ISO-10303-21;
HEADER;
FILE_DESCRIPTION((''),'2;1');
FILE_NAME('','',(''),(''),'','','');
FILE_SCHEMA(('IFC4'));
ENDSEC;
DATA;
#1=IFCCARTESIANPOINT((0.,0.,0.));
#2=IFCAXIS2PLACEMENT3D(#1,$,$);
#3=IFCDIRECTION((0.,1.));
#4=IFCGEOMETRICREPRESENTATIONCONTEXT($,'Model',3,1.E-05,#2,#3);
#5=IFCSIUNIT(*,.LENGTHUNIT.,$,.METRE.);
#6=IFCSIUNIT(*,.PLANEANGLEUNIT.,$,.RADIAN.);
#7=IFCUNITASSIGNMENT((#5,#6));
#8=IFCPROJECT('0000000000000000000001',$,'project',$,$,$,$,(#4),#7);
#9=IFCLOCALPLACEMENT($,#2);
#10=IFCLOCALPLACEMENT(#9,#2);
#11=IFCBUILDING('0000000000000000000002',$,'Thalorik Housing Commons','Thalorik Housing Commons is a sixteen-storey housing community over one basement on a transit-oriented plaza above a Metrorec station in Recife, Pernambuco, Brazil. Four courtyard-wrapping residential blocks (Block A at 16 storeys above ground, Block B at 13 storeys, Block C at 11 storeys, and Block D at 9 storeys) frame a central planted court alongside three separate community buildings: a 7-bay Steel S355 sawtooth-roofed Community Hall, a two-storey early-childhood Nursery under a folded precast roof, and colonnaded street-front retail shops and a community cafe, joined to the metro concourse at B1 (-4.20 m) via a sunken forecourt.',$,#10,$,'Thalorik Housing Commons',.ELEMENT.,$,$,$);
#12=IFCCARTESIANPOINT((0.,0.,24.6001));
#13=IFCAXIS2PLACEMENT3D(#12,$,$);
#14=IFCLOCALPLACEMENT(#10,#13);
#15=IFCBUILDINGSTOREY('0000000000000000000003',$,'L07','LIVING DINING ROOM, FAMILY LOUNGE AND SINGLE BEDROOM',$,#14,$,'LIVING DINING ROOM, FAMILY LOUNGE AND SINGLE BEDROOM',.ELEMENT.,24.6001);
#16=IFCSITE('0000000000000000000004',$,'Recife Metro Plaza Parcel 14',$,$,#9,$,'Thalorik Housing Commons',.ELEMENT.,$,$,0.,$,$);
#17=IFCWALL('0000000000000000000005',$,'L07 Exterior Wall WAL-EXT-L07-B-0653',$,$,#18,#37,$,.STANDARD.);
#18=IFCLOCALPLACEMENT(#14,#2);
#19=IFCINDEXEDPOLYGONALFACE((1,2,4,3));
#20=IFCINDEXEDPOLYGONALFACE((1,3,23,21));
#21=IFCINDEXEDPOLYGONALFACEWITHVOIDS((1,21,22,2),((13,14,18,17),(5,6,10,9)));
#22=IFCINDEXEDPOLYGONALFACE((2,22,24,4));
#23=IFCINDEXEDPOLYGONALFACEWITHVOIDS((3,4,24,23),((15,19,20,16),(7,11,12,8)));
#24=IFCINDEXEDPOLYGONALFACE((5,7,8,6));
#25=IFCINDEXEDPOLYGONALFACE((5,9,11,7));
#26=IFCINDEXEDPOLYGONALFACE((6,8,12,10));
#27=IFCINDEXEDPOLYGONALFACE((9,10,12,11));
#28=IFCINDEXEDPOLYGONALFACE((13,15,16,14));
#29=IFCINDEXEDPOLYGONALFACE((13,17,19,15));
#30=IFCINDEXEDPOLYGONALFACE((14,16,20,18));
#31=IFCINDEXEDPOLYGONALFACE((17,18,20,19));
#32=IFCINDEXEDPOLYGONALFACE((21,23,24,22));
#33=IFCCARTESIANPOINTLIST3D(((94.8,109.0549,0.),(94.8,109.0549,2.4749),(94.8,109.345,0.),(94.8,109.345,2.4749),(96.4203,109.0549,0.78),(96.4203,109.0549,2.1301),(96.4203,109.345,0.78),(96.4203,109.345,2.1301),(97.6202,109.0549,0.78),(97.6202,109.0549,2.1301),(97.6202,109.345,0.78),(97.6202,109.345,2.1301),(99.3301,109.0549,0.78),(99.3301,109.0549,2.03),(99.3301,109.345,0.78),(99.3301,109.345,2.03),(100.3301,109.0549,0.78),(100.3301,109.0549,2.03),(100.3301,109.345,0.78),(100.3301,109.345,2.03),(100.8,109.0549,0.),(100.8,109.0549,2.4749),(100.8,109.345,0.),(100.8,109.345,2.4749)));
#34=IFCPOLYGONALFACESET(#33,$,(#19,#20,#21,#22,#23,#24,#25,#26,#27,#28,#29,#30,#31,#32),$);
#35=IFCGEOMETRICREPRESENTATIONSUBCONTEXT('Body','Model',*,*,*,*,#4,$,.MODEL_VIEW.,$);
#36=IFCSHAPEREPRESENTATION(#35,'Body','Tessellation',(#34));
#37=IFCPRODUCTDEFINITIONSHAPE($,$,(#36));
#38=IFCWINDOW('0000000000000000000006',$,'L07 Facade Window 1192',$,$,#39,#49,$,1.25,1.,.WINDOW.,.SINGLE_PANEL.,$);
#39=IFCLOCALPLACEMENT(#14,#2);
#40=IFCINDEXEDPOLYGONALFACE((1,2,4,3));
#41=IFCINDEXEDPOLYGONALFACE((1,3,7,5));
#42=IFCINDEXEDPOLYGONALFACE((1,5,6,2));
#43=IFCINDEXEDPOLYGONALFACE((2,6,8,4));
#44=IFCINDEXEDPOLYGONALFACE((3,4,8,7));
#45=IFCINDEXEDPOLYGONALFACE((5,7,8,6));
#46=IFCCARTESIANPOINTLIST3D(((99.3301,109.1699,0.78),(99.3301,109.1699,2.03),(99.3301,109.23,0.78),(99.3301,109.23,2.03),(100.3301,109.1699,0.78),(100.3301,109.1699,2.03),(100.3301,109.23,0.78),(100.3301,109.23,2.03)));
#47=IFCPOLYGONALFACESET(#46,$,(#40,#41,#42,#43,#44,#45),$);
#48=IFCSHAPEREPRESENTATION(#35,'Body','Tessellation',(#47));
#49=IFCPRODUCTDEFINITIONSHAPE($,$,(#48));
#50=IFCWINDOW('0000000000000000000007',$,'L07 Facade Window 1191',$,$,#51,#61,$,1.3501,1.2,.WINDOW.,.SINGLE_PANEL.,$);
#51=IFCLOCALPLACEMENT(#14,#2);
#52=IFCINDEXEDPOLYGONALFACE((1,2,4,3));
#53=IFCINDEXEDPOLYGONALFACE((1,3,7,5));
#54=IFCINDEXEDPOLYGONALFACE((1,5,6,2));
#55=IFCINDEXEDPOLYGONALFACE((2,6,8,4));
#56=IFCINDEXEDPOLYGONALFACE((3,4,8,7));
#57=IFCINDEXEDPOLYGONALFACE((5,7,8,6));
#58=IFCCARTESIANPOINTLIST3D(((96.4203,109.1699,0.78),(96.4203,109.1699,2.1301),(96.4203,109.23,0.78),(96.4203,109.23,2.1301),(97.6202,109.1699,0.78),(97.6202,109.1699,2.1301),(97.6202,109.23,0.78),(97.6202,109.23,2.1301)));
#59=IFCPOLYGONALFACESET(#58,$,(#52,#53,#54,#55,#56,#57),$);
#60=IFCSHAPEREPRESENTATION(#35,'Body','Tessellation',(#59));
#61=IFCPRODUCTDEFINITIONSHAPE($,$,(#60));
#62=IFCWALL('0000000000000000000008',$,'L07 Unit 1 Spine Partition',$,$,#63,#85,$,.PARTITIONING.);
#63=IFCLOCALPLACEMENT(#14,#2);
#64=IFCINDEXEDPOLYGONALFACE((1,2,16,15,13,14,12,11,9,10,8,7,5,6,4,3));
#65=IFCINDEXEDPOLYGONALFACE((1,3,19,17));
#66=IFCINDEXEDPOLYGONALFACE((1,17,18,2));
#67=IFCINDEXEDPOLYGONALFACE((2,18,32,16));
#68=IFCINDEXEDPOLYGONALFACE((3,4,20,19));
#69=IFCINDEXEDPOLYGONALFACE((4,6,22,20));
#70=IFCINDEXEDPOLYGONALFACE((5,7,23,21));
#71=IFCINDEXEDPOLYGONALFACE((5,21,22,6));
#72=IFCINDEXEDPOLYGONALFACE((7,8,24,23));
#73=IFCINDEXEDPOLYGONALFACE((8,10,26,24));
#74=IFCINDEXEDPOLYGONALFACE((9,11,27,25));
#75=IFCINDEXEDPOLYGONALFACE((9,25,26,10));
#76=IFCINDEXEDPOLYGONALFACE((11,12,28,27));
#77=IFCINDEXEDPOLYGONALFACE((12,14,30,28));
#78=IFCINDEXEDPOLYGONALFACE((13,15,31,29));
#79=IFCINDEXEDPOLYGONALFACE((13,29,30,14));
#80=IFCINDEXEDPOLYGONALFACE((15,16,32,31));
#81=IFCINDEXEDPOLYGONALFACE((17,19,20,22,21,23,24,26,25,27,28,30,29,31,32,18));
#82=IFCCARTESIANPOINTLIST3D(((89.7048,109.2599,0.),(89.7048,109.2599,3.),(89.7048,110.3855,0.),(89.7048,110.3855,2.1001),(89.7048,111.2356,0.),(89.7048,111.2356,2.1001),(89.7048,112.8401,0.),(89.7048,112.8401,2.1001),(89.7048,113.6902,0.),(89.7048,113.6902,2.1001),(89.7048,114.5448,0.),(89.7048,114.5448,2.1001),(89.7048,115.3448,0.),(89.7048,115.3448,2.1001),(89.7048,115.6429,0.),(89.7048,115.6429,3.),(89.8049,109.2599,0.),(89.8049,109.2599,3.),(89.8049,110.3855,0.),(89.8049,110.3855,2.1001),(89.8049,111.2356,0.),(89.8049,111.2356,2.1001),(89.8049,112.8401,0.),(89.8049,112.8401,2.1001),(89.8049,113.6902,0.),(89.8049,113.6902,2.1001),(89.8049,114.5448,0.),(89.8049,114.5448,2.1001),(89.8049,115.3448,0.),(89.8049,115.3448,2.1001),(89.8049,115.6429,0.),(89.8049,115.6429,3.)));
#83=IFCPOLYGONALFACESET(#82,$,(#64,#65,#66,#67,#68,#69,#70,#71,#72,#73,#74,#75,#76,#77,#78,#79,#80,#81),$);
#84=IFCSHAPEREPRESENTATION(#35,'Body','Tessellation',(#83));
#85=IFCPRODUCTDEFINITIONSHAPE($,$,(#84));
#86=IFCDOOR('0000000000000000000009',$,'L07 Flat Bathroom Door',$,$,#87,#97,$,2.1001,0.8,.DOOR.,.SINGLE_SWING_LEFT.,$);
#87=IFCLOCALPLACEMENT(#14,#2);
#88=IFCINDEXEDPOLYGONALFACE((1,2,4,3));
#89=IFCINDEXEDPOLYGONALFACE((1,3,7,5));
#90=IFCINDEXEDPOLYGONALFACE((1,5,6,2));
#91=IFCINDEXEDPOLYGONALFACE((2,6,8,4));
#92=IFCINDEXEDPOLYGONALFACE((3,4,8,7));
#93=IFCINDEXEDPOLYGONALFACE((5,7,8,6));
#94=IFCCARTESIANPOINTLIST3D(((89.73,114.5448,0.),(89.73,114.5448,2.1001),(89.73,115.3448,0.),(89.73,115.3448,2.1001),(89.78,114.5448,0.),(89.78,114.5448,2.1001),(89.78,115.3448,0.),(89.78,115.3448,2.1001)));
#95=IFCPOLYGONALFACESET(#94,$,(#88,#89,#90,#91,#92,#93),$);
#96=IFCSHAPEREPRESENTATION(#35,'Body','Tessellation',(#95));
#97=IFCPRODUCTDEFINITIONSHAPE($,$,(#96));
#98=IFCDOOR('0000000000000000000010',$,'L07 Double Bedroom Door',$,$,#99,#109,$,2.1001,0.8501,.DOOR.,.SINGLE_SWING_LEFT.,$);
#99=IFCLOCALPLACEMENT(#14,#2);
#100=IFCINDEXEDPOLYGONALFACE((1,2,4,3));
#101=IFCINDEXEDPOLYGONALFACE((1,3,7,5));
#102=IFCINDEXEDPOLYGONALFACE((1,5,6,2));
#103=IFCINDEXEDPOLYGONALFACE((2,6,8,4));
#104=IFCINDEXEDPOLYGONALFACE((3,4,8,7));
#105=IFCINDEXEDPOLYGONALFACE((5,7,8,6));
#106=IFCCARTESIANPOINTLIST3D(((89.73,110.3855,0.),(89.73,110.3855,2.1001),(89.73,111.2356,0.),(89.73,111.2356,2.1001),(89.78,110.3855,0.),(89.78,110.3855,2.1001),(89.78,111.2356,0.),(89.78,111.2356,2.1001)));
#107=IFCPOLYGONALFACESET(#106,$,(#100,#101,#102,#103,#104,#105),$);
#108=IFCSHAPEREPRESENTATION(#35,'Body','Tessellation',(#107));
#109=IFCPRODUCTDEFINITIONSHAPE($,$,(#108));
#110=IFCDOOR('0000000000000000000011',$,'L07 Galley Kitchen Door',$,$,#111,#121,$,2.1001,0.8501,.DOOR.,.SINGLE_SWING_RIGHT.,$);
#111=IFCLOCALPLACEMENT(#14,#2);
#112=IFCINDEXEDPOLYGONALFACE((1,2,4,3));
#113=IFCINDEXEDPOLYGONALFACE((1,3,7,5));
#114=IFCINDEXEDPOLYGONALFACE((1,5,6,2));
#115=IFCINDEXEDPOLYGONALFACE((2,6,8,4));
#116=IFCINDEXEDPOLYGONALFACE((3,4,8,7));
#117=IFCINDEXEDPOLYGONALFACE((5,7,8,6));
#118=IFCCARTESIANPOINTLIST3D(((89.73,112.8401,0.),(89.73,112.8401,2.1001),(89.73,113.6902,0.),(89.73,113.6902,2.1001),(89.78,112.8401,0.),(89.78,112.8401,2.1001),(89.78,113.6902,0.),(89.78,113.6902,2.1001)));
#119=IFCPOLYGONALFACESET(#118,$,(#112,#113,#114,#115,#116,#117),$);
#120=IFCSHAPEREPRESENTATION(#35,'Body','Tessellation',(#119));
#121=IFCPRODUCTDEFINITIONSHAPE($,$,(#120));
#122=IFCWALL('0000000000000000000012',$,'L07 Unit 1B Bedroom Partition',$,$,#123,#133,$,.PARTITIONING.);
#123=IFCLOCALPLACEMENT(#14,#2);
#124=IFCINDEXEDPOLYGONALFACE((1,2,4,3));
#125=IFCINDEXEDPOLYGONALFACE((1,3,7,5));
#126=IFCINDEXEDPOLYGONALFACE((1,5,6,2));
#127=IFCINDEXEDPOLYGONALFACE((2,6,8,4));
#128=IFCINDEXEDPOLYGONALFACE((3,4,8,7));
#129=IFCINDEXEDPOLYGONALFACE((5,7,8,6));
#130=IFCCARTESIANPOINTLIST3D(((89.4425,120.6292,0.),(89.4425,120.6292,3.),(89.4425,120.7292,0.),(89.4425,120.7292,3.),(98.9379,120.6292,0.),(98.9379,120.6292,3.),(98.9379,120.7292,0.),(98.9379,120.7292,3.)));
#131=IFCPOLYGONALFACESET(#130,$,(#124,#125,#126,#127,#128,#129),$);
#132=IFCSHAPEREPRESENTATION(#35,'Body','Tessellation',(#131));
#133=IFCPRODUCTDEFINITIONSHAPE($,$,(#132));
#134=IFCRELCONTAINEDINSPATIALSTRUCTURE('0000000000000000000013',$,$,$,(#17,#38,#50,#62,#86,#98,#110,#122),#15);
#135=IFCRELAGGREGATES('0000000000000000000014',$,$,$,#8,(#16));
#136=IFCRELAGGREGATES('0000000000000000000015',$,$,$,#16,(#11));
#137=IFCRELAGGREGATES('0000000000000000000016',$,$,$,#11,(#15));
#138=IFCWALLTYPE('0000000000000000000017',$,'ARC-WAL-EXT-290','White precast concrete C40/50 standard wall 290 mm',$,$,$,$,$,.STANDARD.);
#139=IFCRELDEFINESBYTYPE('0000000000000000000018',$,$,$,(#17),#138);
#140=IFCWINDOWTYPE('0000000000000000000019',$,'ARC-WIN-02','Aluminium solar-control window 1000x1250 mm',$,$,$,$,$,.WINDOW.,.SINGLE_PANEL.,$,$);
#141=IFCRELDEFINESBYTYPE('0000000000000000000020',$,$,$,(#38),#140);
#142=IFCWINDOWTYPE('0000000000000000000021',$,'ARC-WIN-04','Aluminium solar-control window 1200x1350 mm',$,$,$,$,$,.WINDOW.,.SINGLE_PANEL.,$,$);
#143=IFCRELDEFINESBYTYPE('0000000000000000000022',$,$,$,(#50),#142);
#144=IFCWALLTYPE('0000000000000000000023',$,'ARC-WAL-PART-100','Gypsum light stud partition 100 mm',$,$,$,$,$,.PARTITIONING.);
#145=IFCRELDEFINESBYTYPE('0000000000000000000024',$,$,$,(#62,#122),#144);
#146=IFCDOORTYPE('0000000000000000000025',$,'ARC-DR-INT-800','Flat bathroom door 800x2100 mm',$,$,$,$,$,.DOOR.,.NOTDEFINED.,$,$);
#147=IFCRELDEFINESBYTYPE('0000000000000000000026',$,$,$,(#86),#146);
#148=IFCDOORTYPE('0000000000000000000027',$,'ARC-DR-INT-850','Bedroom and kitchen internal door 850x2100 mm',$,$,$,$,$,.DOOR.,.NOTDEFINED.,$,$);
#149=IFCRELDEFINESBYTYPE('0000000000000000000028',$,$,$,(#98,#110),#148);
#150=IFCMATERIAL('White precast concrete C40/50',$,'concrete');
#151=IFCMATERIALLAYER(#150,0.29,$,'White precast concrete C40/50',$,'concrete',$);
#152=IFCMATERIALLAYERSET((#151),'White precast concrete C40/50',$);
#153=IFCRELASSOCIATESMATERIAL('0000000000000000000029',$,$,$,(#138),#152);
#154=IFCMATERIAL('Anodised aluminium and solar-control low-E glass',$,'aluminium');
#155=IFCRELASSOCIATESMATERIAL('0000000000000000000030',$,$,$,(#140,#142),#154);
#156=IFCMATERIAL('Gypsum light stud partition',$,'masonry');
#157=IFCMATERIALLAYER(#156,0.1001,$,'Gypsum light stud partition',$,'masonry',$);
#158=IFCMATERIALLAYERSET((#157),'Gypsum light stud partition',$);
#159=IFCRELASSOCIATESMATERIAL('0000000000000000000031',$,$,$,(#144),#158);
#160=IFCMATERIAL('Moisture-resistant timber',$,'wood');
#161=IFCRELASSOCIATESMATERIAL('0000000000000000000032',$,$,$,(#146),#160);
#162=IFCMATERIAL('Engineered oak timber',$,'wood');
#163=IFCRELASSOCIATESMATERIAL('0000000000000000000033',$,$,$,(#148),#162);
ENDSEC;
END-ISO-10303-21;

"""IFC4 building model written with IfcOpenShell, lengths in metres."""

from ifc_helpers import new_model, si_unit, direction, frame, frame_2d, origin, place, context, subcontext, project, spatial, rectangle, extrude, material, layer, layer_set, type_object, element, fill, save


model = new_model("IFC4")

# Units and contexts
model_context = context("Model", 3, precision=1e-05, world=origin(), true_north=direction((0.0, 1.0)))
body_context = subcontext(model_context, "Body", "Model", "MODEL_VIEW")
ifc_project = project(units=[si_unit("LENGTHUNIT", "METRE"), si_unit("PLANEANGLEUNIT", "RADIAN")], contexts=[model_context])

# Site, building, storey
site_placement = place(None, origin())
site = spatial("IfcSite", under=ifc_project, at=site_placement, Name="Recife Metro Plaza Parcel 14", LongName="Thalorik Housing Commons", CompositionType="ELEMENT", RefElevation=0.0)
building_placement = place(site_placement, origin())
building = spatial("IfcBuilding", under=site, at=building_placement, Name="Thalorik Housing Commons", Description="Thalorik Housing Commons is a sixteen-storey housing community over one basement on a transit-oriented plaza above a Metrorec station in Recife, Pernambuco, Brazil. Four courtyard-wrapping residential blocks (Block A at 16 storeys above ground, Block B at 13 storeys, Block C at 11 storeys, and Block D at 9 storeys) frame a central planted court alongside three separate community buildings: a 7-bay Steel S355 sawtooth-roofed Community Hall, a two-storey early-childhood Nursery under a folded precast roof, and colonnaded street-front retail shops and a community cafe, joined to the metro concourse at B1 (-4.20 m) via a sunken forecourt.", LongName="Thalorik Housing Commons", CompositionType="ELEMENT")
storey_placement = place(building_placement, frame((0.0, 0.0, 24.6001)))
storey = spatial("IfcBuildingStorey", under=building, at=storey_placement, Name="L07", Description="LIVING DINING ROOM, FAMILY LOUNGE AND SINGLE BEDROOM", LongName="LIVING DINING ROOM, FAMILY LOUNGE AND SINGLE BEDROOM", CompositionType="ELEMENT", Elevation=24.6001)

# Shared definitions
ifc_material_1 = material(Name="Anodised aluminium and solar-control low-E glass", Category="aluminium")

# Shared definitions
ifc_material_2 = material(Name="White precast concrete C40/50", Category="concrete")
ifc_layer_1 = layer(ifc_material_2, 0.29, Name="White precast concrete C40/50", Category="concrete")
ifc_layer_set_1 = layer_set([ifc_layer_1], Name="White precast concrete C40/50")
wall_type_1 = type_object("IfcWallType", Name="ARC-WAL-EXT-290", Description="White precast concrete C40/50 standard wall 290 mm", PredefinedType="STANDARD", material=ifc_layer_set_1)

# Wall, openings, windows
wall_1_placement = place(storey_placement, frame((94.8, 109.2, 0.0), z_axis=(0.0, 0.0, 1.0), x_axis=(1.0, 0.0, 0.0)))
wall_1 = element("IfcWall", 1, at=wall_1_placement, inside=storey, type_object=wall_type_1, Name="L07 Exterior Wall WAL-EXT-L07-B-0653", PredefinedType="STANDARD", context=body_context, shape_type="SweptSolid", body=[
    extrude(rectangle(XDim=6.0, YDim=0.29, at=frame_2d((3.0, 0.0))), origin(), (0.0, 0.0, 1.0), 2.4749),
])
opening_1_placement = place(wall_1_placement, frame((1.6201, 0.0, 0.78)))
opening_1 = element("IfcOpeningElement", 2, at=opening_1_placement, cuts=wall_1, PredefinedType="OPENING", context=body_context, shape_type="SweptSolid", body=[
    extrude(rectangle(XDim=1.2, YDim=1.3501, at=frame_2d((0.6001, 0.675))), frame((0.0, 0.155, 0.0), z_axis=(0.0, -1.0, 0.0), x_axis=(1.0, 0.0, 0.0)), (0.0, 0.0, 1.0), 0.3101),
])
opening_2_placement = place(wall_1_placement, frame((4.53, 0.0, 0.78)))
opening_2 = element("IfcOpeningElement", 3, at=opening_2_placement, cuts=wall_1, PredefinedType="OPENING", context=body_context, shape_type="SweptSolid", body=[
    extrude(rectangle(XDim=1.0, YDim=1.25, at=frame_2d((0.5, 0.625))), frame((0.0, 0.155, 0.0), z_axis=(0.0, -1.0, 0.0), x_axis=(1.0, 0.0, 0.0)), (0.0, 0.0, 1.0), 0.3101),
])
window_type_1 = type_object("IfcWindowType", Name="ARC-WIN-02", Description="Aluminium solar-control window 1000x1250 mm", PartitioningType="SINGLE_PANEL", PredefinedType="WINDOW", material=ifc_material_1)
window_1_placement = place(opening_2_placement, origin())
window_1 = element("IfcWindow", 4, at=window_1_placement, inside=storey, type_object=window_type_1, Name="L07 Facade Window 1192", OverallHeight=1.25, OverallWidth=1.0, PartitioningType="SINGLE_PANEL", PredefinedType="WINDOW", context=body_context, shape_type="SweptSolid", body=[
    extrude(rectangle(XDim=1.0, YDim=1.25, at=frame_2d((0.5, 0.625))), frame((0.0, 0.03, 0.0), z_axis=(0.0, -1.0, 0.0), x_axis=(1.0, 0.0, 0.0)), (0.0, 0.0, 1.0), 0.0601),
])
fill(opening_2, window_1)
window_type_2 = type_object("IfcWindowType", Name="ARC-WIN-04", Description="Aluminium solar-control window 1200x1350 mm", PartitioningType="SINGLE_PANEL", PredefinedType="WINDOW", material=ifc_material_1)
window_2_placement = place(opening_1_placement, origin())
window_2 = element("IfcWindow", 5, at=window_2_placement, inside=storey, type_object=window_type_2, Name="L07 Facade Window 1191", OverallHeight=1.3501, OverallWidth=1.2, PartitioningType="SINGLE_PANEL", PredefinedType="WINDOW", context=body_context, shape_type="SweptSolid", body=[
    extrude(rectangle(XDim=1.2, YDim=1.3501, at=frame_2d((0.6001, 0.675))), frame((0.0, 0.03, 0.0), z_axis=(0.0, -1.0, 0.0), x_axis=(1.0, 0.0, 0.0)), (0.0, 0.0, 1.0), 0.0601),
])
fill(opening_1, window_2)

# Wall, openings, doors
ifc_material_3 = material(Name="Gypsum light stud partition", Category="masonry")
ifc_layer_2 = layer(ifc_material_3, 0.1001, Name="Gypsum light stud partition", Category="masonry")
ifc_layer_set_2 = layer_set([ifc_layer_2], Name="Gypsum light stud partition")
wall_type_2 = type_object("IfcWallType", Name="ARC-WAL-PART-100", Description="Gypsum light stud partition 100 mm", PredefinedType="PARTITIONING", material=ifc_layer_set_2)
wall_2_placement = place(storey_placement, frame((89.7549, 109.26, 0.0), z_axis=(0.0, 0.0, 1.0), x_axis=(0.0, 1.0, 0.0)))
wall_2 = element("IfcWall", 6, at=wall_2_placement, inside=storey, type_object=wall_type_2, Name="L07 Unit 1 Spine Partition", PredefinedType="PARTITIONING", context=body_context, shape_type="SweptSolid", body=[
    extrude(rectangle(XDim=6.3831, YDim=0.1001, at=frame_2d((3.1914, 0.0))), origin(), (0.0, 0.0, 1.0), 3.0),
])
opening_3_placement = place(wall_2_placement, frame((1.1255, 0.0, 0.0)))
opening_3 = element("IfcOpeningElement", 7, at=opening_3_placement, cuts=wall_2, PredefinedType="OPENING", context=body_context, shape_type="SweptSolid", body=[
    extrude(rectangle(XDim=0.8501, YDim=2.1001, at=frame_2d((0.425, 1.05))), frame((0.0, 0.0601, 0.0), z_axis=(0.0, -1.0, 0.0), x_axis=(1.0, 0.0, 0.0)), (0.0, 0.0, 1.0), 0.1201),
])
opening_4_placement = place(wall_2_placement, frame((3.5801, 0.0, 0.0)))
opening_4 = element("IfcOpeningElement", 8, at=opening_4_placement, cuts=wall_2, PredefinedType="OPENING", context=body_context, shape_type="SweptSolid", body=[
    extrude(rectangle(XDim=0.8501, YDim=2.1001, at=frame_2d((0.425, 1.05))), frame((0.0, 0.0601, 0.0), z_axis=(0.0, -1.0, 0.0), x_axis=(1.0, 0.0, 0.0)), (0.0, 0.0, 1.0), 0.1201),
])
opening_5_placement = place(wall_2_placement, frame((5.2849, 0.0, 0.0)))
opening_5 = element("IfcOpeningElement", 9, at=opening_5_placement, cuts=wall_2, PredefinedType="OPENING", context=body_context, shape_type="SweptSolid", body=[
    extrude(rectangle(XDim=0.8, YDim=2.1001, at=frame_2d((0.3999, 1.05))), frame((0.0, 0.0601, 0.0), z_axis=(0.0, -1.0, 0.0), x_axis=(1.0, 0.0, 0.0)), (0.0, 0.0, 1.0), 0.1201),
])
ifc_material_4 = material(Name="Moisture-resistant timber", Category="wood")
door_type_1 = type_object("IfcDoorType", Name="ARC-DR-INT-800", Description="Flat bathroom door 800x2100 mm", OperationType="NOTDEFINED", PredefinedType="DOOR", material=ifc_material_4)
door_1_placement = place(opening_5_placement, origin())
door_1 = element("IfcDoor", 10, at=door_1_placement, inside=storey, type_object=door_type_1, Name="L07 Flat Bathroom Door", OperationType="SINGLE_SWING_LEFT", OverallHeight=2.1001, OverallWidth=0.8, PredefinedType="DOOR", context=body_context, shape_type="SweptSolid", body=[
    extrude(rectangle(XDim=0.8, YDim=2.1001, at=frame_2d((0.3999, 1.05))), frame((0.0, 0.0249, 0.0), z_axis=(0.0, -1.0, 0.0), x_axis=(1.0, 0.0, 0.0)), (0.0, 0.0, 1.0), 0.05),
])
fill(opening_5, door_1)
ifc_material_5 = material(Name="Engineered oak timber", Category="wood")
door_type_2 = type_object("IfcDoorType", Name="ARC-DR-INT-850", Description="Bedroom and kitchen internal door 850x2100 mm", OperationType="NOTDEFINED", PredefinedType="DOOR", material=ifc_material_5)
door_2_placement = place(opening_3_placement, origin())
door_2 = element("IfcDoor", 11, at=door_2_placement, inside=storey, type_object=door_type_2, Name="L07 Double Bedroom Door", OperationType="SINGLE_SWING_LEFT", OverallHeight=2.1001, OverallWidth=0.8501, PredefinedType="DOOR", context=body_context, shape_type="SweptSolid", body=[
    extrude(rectangle(XDim=0.8501, YDim=2.1001, at=frame_2d((0.425, 1.05))), frame((0.0, 0.0249, 0.0), z_axis=(0.0, -1.0, 0.0), x_axis=(1.0, 0.0, 0.0)), (0.0, 0.0, 1.0), 0.05),
])
fill(opening_3, door_2)
door_3_placement = place(opening_4_placement, origin())
door_3 = element("IfcDoor", 12, at=door_3_placement, inside=storey, type_object=door_type_2, Name="L07 Galley Kitchen Door", OperationType="SINGLE_SWING_RIGHT", OverallHeight=2.1001, OverallWidth=0.8501, PredefinedType="DOOR", context=body_context, shape_type="SweptSolid", body=[
    extrude(rectangle(XDim=0.8501, YDim=2.1001, at=frame_2d((0.425, 1.05))), frame((0.0, 0.0249, 0.0), z_axis=(0.0, -1.0, 0.0), x_axis=(1.0, 0.0, 0.0)), (0.0, 0.0, 1.0), 0.05),
])
fill(opening_4, door_3)

# Wall
wall_3_placement = place(storey_placement, frame((89.4426, 120.6792, 0.0), z_axis=(0.0, 0.0, 1.0), x_axis=(1.0, 0.0, 0.0)))
element("IfcWall", 13, at=wall_3_placement, inside=storey, type_object=wall_type_2, Name="L07 Unit 1B Bedroom Partition", PredefinedType="PARTITIONING", context=body_context, shape_type="SweptSolid", body=[
    extrude(rectangle(XDim=9.4954, YDim=0.1001, at=frame_2d((4.7476, 0.0))), origin(), (0.0, 0.0, 1.0), 3.0),
])

save(model, "model.ifc")
